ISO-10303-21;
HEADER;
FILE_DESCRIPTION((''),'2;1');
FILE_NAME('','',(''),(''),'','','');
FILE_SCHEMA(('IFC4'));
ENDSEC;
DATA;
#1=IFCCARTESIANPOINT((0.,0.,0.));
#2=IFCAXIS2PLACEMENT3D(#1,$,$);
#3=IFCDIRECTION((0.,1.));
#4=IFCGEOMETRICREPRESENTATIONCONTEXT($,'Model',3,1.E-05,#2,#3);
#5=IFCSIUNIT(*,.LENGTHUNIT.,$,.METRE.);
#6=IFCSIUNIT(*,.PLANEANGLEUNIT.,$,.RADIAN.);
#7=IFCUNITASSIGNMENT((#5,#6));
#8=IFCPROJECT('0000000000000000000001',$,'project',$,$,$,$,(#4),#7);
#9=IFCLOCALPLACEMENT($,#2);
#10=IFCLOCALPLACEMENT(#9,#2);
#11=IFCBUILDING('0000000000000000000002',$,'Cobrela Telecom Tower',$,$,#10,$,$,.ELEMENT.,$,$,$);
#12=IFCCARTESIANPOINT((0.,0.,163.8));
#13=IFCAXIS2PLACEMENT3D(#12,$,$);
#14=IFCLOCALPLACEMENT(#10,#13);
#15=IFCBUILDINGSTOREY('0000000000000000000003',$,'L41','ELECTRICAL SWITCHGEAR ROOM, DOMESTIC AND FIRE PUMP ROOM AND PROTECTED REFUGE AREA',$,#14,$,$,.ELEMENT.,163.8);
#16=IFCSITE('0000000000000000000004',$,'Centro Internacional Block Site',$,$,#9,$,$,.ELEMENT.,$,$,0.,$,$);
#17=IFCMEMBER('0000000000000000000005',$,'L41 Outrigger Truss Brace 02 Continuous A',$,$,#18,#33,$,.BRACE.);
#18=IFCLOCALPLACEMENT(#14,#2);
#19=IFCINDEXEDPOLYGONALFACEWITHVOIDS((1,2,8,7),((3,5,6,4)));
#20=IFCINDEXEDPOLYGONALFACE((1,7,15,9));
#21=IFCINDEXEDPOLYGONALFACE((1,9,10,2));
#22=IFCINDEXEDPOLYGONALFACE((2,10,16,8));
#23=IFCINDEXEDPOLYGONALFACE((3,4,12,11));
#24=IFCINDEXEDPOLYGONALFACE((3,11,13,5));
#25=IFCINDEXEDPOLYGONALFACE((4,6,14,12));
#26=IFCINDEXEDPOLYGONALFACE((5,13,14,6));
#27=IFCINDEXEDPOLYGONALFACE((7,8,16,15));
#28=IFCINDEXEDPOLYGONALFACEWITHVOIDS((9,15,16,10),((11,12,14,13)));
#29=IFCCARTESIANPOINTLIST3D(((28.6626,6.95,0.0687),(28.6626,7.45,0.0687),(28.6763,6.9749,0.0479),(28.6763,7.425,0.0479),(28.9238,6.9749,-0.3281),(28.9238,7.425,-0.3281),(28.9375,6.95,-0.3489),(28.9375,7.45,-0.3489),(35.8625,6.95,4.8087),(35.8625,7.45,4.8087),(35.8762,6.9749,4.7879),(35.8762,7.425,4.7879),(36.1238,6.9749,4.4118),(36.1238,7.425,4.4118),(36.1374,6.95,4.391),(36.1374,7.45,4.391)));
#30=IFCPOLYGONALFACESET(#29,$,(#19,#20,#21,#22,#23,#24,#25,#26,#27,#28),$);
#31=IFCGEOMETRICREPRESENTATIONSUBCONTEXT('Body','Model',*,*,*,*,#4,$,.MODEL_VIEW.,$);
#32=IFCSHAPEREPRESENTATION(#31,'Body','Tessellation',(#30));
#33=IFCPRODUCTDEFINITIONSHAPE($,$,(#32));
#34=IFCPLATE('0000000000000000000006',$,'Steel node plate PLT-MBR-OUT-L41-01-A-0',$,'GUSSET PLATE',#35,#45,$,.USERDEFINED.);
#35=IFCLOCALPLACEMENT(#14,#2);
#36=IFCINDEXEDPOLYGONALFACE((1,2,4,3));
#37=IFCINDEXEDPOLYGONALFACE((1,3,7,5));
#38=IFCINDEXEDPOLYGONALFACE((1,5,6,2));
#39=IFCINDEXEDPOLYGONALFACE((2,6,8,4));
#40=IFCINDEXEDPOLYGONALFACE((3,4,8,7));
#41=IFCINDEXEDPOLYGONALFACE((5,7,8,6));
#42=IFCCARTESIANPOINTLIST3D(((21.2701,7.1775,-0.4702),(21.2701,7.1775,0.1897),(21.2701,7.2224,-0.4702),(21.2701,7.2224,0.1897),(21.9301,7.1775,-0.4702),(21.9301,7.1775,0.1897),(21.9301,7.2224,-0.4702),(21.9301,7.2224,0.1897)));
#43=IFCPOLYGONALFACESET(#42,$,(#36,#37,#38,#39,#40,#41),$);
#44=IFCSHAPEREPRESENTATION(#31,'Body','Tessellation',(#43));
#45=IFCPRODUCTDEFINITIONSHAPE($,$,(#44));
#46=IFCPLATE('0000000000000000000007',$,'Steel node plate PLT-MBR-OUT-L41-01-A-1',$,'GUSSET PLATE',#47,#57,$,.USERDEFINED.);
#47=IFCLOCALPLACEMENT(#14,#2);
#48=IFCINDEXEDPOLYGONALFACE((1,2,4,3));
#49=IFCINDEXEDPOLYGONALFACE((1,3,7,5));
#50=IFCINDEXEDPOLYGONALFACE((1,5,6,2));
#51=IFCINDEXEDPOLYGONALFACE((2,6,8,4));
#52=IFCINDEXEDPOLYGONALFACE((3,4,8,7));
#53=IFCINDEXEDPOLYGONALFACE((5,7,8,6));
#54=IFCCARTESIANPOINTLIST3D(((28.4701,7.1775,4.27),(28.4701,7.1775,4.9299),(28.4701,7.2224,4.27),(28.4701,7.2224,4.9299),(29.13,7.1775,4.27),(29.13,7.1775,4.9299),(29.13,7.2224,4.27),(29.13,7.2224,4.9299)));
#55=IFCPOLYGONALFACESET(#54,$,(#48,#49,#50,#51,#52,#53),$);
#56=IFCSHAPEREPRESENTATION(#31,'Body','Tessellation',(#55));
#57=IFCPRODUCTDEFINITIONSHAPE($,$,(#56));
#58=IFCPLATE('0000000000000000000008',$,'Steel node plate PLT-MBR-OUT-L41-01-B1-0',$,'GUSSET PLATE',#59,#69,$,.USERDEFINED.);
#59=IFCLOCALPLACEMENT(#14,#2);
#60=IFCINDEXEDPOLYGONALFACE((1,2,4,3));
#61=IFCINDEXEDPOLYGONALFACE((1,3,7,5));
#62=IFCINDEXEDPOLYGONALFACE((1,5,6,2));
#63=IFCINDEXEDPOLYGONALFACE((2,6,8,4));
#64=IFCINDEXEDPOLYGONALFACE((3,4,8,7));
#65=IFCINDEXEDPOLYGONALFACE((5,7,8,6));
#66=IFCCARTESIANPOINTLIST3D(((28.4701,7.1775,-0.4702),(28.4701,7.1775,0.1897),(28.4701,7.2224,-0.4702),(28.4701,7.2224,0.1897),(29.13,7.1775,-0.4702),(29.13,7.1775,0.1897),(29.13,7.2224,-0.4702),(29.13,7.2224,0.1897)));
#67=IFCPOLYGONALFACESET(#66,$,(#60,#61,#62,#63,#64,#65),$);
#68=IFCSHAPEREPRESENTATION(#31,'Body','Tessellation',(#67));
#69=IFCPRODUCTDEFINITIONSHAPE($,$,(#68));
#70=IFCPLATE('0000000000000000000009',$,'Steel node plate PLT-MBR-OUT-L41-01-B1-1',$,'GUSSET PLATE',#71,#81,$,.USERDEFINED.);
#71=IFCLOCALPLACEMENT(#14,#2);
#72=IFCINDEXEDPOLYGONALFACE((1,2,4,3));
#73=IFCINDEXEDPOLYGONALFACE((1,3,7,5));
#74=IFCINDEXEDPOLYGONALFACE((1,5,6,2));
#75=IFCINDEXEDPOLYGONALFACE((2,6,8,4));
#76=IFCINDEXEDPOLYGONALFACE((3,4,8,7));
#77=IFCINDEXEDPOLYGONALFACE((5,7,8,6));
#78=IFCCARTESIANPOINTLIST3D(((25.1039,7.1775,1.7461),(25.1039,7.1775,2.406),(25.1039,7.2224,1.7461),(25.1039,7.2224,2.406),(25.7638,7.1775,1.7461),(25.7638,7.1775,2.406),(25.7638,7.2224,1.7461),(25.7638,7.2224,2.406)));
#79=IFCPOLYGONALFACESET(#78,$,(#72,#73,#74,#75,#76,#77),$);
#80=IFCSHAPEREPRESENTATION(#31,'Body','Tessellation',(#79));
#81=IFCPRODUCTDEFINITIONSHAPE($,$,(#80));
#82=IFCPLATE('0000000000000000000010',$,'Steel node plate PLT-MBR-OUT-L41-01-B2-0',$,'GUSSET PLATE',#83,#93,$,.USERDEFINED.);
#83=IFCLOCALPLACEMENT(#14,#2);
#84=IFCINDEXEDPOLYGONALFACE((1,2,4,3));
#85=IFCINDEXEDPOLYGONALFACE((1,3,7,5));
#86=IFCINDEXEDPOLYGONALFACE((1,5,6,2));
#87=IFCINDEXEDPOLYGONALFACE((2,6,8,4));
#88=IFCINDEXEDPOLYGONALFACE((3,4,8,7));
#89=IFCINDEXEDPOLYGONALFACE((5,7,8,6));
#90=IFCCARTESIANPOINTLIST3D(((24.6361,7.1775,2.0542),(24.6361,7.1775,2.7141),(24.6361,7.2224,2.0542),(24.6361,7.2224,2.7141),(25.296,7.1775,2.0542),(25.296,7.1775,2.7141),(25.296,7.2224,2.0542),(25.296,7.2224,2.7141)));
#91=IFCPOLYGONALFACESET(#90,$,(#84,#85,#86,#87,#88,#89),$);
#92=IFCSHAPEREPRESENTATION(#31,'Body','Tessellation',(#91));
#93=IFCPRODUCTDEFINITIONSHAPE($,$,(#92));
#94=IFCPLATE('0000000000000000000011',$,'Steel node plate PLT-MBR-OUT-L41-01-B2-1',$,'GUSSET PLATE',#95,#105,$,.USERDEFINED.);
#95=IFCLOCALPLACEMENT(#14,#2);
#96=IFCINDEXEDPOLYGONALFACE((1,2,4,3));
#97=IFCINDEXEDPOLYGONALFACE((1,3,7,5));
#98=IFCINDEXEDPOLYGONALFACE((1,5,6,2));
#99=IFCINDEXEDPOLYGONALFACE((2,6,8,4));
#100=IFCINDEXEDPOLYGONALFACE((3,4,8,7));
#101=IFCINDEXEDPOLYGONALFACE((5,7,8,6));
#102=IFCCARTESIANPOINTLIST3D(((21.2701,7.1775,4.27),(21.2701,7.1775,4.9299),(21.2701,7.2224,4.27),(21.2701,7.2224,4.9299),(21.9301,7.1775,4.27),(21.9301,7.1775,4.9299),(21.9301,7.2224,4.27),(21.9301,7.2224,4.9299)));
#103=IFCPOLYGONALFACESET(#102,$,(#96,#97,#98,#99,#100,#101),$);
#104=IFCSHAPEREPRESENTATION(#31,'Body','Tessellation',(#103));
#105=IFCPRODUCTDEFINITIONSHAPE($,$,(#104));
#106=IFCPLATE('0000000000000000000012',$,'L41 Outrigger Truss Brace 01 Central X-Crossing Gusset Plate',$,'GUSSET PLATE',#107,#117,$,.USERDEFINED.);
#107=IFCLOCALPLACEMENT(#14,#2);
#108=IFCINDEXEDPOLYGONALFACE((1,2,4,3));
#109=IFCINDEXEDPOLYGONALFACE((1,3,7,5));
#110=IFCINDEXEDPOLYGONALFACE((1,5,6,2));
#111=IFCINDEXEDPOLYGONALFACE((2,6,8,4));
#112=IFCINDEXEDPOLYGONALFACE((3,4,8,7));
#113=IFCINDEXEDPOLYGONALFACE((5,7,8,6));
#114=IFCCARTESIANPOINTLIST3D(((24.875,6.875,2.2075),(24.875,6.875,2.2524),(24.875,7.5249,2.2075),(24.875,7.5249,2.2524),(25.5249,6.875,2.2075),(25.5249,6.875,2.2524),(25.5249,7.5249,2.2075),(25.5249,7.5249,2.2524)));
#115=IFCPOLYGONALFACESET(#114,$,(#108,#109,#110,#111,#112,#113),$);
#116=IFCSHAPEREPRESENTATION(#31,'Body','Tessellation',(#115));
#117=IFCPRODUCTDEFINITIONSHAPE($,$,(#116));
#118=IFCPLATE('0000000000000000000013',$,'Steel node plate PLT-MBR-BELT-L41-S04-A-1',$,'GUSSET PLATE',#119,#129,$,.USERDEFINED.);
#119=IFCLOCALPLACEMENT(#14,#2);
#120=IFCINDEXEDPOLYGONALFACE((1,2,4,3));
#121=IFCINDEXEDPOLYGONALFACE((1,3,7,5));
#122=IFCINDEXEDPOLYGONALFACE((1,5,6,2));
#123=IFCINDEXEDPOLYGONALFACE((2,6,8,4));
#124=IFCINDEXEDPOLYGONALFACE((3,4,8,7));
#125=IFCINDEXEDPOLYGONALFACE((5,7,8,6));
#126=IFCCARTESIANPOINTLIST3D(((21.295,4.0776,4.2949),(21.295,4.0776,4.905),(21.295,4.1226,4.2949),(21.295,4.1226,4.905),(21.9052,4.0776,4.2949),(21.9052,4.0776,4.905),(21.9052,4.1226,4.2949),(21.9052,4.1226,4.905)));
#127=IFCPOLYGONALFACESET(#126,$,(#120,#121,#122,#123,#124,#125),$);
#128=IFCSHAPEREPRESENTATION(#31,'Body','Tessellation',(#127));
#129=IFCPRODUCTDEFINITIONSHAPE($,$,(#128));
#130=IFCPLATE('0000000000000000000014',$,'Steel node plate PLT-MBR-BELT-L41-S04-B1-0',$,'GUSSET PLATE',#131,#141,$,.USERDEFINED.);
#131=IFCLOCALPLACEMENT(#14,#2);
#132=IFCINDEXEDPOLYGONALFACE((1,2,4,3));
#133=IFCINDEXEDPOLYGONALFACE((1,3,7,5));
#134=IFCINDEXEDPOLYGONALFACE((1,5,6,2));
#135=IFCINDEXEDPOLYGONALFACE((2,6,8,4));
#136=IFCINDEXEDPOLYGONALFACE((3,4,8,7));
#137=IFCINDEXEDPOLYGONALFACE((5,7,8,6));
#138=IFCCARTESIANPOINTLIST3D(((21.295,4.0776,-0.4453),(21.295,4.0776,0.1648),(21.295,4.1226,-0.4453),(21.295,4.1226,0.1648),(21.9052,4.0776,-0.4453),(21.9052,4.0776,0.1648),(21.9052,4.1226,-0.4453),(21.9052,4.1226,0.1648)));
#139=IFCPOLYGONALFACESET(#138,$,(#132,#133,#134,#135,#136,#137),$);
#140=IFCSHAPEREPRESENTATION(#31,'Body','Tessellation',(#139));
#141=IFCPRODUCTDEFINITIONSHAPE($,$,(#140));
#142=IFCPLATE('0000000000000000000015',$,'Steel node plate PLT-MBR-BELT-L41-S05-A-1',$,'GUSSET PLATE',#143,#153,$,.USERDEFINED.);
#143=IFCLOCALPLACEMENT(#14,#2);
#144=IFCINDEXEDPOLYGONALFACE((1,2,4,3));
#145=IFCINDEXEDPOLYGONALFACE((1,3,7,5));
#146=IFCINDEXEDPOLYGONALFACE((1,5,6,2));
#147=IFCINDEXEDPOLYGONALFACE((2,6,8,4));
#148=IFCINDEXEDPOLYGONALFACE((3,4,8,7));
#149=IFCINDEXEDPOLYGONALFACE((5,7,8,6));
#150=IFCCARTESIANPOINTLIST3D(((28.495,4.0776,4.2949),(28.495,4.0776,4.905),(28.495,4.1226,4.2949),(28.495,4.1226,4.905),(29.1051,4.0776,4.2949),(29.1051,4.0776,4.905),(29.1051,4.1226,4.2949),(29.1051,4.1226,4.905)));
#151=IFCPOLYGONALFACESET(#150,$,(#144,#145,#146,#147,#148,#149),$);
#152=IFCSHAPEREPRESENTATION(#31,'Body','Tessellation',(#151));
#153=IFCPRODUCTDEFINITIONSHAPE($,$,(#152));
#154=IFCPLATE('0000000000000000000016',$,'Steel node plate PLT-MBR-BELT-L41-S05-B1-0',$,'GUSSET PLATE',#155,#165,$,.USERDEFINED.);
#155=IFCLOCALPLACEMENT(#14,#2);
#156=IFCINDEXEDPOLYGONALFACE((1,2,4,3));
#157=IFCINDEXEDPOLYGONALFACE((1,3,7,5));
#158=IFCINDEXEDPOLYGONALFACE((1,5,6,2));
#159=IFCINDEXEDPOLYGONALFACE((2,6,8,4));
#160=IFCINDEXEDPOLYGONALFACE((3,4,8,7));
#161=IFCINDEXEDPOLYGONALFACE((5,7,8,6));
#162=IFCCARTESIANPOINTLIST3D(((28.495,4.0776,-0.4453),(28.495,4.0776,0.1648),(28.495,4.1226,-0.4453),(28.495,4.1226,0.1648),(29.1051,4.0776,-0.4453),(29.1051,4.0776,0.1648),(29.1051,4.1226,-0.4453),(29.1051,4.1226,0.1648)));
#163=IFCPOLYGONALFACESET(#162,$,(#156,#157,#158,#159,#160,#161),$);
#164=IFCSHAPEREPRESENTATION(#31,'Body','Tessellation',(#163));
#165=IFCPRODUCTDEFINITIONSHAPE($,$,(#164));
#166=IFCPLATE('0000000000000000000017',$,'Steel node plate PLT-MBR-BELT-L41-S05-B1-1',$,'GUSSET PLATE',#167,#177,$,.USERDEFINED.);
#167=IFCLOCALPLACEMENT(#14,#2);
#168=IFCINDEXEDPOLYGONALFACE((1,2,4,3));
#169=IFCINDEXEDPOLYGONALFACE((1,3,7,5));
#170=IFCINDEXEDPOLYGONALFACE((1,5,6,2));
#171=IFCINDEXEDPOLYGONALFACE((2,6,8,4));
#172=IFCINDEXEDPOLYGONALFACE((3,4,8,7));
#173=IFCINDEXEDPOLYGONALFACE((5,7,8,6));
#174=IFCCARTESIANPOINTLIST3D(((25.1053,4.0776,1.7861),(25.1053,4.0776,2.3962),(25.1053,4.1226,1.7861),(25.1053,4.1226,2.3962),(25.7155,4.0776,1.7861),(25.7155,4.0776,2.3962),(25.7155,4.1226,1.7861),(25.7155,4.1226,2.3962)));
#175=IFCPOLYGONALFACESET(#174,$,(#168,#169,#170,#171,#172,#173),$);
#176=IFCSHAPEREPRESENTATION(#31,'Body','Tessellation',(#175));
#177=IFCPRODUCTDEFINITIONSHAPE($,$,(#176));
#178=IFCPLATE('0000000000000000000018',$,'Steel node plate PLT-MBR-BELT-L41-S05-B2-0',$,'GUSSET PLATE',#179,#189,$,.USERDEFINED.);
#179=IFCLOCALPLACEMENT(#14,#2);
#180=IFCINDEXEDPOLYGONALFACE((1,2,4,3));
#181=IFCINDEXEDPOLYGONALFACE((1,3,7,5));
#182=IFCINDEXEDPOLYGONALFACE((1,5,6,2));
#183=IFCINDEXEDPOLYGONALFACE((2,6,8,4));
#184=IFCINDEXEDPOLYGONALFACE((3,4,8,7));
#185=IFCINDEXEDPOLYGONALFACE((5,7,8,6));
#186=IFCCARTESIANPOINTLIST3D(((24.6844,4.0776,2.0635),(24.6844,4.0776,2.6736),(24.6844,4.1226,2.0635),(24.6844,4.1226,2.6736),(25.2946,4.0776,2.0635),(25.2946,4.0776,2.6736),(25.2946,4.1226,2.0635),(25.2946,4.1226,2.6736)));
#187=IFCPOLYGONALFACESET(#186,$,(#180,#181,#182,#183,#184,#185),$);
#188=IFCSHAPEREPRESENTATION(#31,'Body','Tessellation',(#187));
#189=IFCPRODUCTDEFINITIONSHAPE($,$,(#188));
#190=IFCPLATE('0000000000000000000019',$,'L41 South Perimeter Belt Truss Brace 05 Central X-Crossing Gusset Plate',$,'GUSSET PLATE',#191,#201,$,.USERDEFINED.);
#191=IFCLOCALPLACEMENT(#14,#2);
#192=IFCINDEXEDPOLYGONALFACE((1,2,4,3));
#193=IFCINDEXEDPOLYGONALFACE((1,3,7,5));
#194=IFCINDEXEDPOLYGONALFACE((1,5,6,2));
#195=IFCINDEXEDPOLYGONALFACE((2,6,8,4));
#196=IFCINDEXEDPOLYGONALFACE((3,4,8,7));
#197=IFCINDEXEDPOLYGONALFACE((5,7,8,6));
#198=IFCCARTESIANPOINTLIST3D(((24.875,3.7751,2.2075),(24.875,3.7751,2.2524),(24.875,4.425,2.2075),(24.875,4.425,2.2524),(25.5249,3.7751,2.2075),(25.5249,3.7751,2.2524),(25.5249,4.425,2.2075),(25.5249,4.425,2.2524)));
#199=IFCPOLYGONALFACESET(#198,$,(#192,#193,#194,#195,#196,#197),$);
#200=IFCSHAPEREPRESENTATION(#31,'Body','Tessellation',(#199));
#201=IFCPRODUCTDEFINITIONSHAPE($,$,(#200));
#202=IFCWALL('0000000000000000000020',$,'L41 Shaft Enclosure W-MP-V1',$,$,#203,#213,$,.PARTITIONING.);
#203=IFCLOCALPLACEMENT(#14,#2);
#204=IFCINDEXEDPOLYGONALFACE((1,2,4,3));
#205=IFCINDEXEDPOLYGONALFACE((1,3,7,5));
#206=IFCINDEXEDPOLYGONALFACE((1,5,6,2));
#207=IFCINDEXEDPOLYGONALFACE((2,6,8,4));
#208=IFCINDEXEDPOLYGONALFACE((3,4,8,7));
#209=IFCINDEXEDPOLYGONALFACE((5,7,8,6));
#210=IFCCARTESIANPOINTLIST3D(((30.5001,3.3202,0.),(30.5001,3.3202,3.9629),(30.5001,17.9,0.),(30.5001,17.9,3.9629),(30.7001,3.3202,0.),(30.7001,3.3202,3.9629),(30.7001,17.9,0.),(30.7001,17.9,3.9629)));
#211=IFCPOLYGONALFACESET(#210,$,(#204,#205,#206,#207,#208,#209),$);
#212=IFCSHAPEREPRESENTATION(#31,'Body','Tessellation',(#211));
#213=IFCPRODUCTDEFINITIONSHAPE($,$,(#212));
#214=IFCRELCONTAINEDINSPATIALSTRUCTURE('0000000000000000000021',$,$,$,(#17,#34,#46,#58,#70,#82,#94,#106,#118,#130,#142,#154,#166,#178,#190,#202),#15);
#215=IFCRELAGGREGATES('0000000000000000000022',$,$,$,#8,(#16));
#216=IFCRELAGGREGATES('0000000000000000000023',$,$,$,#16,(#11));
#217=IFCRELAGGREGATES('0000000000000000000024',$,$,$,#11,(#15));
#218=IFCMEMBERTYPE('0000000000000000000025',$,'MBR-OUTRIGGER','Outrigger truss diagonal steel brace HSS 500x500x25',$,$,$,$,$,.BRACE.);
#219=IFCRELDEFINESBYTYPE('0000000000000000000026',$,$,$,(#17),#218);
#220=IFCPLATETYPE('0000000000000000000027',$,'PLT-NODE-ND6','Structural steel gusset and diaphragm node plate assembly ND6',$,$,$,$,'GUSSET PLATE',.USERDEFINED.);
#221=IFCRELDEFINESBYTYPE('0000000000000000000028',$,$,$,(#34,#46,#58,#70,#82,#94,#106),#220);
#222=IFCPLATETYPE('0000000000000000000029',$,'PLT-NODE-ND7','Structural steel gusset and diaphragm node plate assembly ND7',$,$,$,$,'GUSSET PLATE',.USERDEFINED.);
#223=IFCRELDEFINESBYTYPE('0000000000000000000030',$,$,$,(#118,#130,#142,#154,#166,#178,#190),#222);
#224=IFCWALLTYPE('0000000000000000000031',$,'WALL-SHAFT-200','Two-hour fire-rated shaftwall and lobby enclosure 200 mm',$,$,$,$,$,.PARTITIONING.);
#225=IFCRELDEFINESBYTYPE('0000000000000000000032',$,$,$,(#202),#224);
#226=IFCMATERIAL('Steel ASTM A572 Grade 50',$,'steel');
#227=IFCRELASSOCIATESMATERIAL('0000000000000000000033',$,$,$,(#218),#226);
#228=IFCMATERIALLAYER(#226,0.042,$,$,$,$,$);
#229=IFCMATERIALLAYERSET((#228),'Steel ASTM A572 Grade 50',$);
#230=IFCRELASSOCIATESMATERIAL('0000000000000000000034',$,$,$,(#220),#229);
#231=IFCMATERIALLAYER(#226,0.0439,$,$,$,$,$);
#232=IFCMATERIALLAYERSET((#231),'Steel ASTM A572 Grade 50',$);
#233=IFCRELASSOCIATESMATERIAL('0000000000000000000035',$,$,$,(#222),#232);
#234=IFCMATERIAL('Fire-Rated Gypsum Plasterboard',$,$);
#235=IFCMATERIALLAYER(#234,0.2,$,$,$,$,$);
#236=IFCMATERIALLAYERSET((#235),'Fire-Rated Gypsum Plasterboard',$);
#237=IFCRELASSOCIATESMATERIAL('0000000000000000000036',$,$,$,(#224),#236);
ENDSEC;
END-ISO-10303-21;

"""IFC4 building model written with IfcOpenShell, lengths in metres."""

from ifc_helpers import new_model, si_unit, direction, frame, frame_2d, origin, origin_2d, place, context, subcontext, project, spatial, rectangle, hollow_rectangle, extrude, material, layer, layer_set, material_profile, profile_set, type_object, element, save


model = new_model("IFC4")

# Units and contexts
model_context = context("Model", 3, precision=1e-05, world=origin(), true_north=direction((0.0, 1.0)))
body_context = subcontext(model_context, "Body", "Model", "MODEL_VIEW")
ifc_project = project(units=[si_unit("LENGTHUNIT", "METRE"), si_unit("PLANEANGLEUNIT", "RADIAN")], contexts=[model_context])

# Site, building, storey
site_placement = place(None, origin())
site = spatial("IfcSite", under=ifc_project, at=site_placement, Name="Centro Internacional Block Site", CompositionType="ELEMENT", RefElevation=0.0)
building_placement = place(site_placement, origin())
building = spatial("IfcBuilding", under=site, at=building_placement, Name="Cobrela Telecom Tower", CompositionType="ELEMENT")
storey_placement = place(building_placement, frame((0.0, 0.0, 163.8)))
storey = spatial("IfcBuildingStorey", under=building, at=storey_placement, Name="L41", Description="ELECTRICAL SWITCHGEAR ROOM, DOMESTIC AND FIRE PUMP ROOM AND PROTECTED REFUGE AREA", CompositionType="ELEMENT", Elevation=163.8)

# Shared definitions
ifc_material_1 = material(Name="Steel ASTM A572 Grade 50", Category="steel")

# Member
ifc_material_profile_1 = material_profile(ifc_material_1, hollow_rectangle(XDim=0.5, YDim=0.5, WallThickness=0.0249, at=origin_2d()), Name="HSS 500x500x25")
ifc_profile_set_1 = profile_set([ifc_material_profile_1], Name="Steel ASTM A572 Grade 50")
member_type_1 = type_object("IfcMemberType", Name="MBR-OUTRIGGER", Description="Outrigger truss diagonal steel brace HSS 500x500x25", PredefinedType="BRACE", material=ifc_profile_set_1)
member_1_placement = place(storey_placement, frame((28.8, 7.2, -0.1401), z_axis=(0.835248, 0.0, 0.549874), x_axis=(0.0, 1.0, 0.0)))
element("IfcMember", 1, at=member_1_placement, inside=storey, type_object=member_type_1, Name="L41 Outrigger Truss Brace 02 Continuous A", PredefinedType="BRACE", context=body_context, shape_type="SweptSolid", body=[
    extrude(hollow_rectangle(XDim=0.5, YDim=0.5, WallThickness=0.0249, at=origin_2d()), origin(), (0.0, 0.0, 1.0), 8.6201),
])

# Plates
ifc_layer_1 = layer(ifc_material_1, 0.042)
ifc_layer_set_1 = layer_set([ifc_layer_1], Name="Steel ASTM A572 Grade 50")
plate_type_1 = type_object("IfcPlateType", Name="PLT-NODE-ND6", Description="Structural steel gusset and diaphragm node plate assembly ND6", ElementType="GUSSET PLATE", PredefinedType="USERDEFINED", material=ifc_layer_set_1)
for number, where, z_axis, x_axis, name in (
    (2, (21.6001, 7.2, -0.4702), (0.0, 0.0, 1.0), (1.0, 0.0, 0.0), "Steel node plate PLT-MBR-OUT-L41-01-A-0"),
    (3, (28.8, 7.2, 4.27), (0.0, 0.0, 1.0), (1.0, 0.0, 0.0), "Steel node plate PLT-MBR-OUT-L41-01-A-1"),
    (4, (28.8, 7.2, -0.4702), (0.0, 0.0, 1.0), (-1.0, 0.0, 0.0), "Steel node plate PLT-MBR-OUT-L41-01-B1-0"),
    (5, (25.4338, 7.2, 1.7461), (0.0, 0.0, 1.0), (-1.0, 0.0, 0.0), "Steel node plate PLT-MBR-OUT-L41-01-B1-1"),
    (6, (24.9661, 7.2, 2.0542), (0.0, 0.0, 1.0), (-1.0, 0.0, 0.0), "Steel node plate PLT-MBR-OUT-L41-01-B2-0"),
    (7, (21.6001, 7.2, 4.27), (0.0, 0.0, 1.0), (-1.0, 0.0, 0.0), "Steel node plate PLT-MBR-OUT-L41-01-B2-1"),
):
    element("IfcPlate", number, at=place(storey_placement, frame(where, z_axis=z_axis, x_axis=x_axis)), inside=storey, type_object=plate_type_1, Name=name, ObjectType="GUSSET PLATE", PredefinedType="USERDEFINED", context=body_context, shape_type="SweptSolid", body=[
        extrude(rectangle(XDim=0.6599, YDim=0.0449, at=origin_2d()), origin(), (0.0, 0.0, 1.0), 0.6599),
    ])
plate_1_placement = place(storey_placement, frame((25.2, 7.2, 2.2075), z_axis=(0.0, 0.0, 1.0), x_axis=(1.0, 0.0, 0.0)))
element("IfcPlate", 8, at=plate_1_placement, inside=storey, type_object=plate_type_1, Name="L41 Outrigger Truss Brace 01 Central X-Crossing Gusset Plate", ObjectType="GUSSET PLATE", PredefinedType="USERDEFINED", context=body_context, shape_type="SweptSolid", body=[
    extrude(rectangle(XDim=0.6499, YDim=0.6499, at=origin_2d()), origin(), (0.0, 0.0, 1.0), 0.0449),
])
ifc_layer_2 = layer(ifc_material_1, 0.0439)
ifc_layer_set_2 = layer_set([ifc_layer_2], Name="Steel ASTM A572 Grade 50")
plate_type_2 = type_object("IfcPlateType", Name="PLT-NODE-ND7", Description="Structural steel gusset and diaphragm node plate assembly ND7", ElementType="GUSSET PLATE", PredefinedType="USERDEFINED", material=ifc_layer_set_2)
for number, where, z_axis, x_axis, name in (
    (9, (21.6001, 4.1001, 4.2949), (0.0, 0.0, 1.0), (1.0, 0.0, 0.0), "Steel node plate PLT-MBR-BELT-L41-S04-A-1"),
    (10, (21.6001, 4.1001, -0.4453), (0.0, 0.0, 1.0), (-1.0, 0.0, 0.0), "Steel node plate PLT-MBR-BELT-L41-S04-B1-0"),
    (11, (28.8, 4.1001, 4.2949), (0.0, 0.0, 1.0), (1.0, 0.0, 0.0), "Steel node plate PLT-MBR-BELT-L41-S05-A-1"),
    (12, (28.8, 4.1001, -0.4453), (0.0, 0.0, 1.0), (-1.0, 0.0, 0.0), "Steel node plate PLT-MBR-BELT-L41-S05-B1-0"),
    (13, (25.4104, 4.1001, 1.7861), (0.0, 0.0, 1.0), (-1.0, 0.0, 0.0), "Steel node plate PLT-MBR-BELT-L41-S05-B1-1"),
    (14, (24.9895, 4.1001, 2.0635), (0.0, 0.0, 1.0), (-1.0, 0.0, 0.0), "Steel node plate PLT-MBR-BELT-L41-S05-B2-0"),
):
    element("IfcPlate", number, at=place(storey_placement, frame(where, z_axis=z_axis, x_axis=x_axis)), inside=storey, type_object=plate_type_2, Name=name, ObjectType="GUSSET PLATE", PredefinedType="USERDEFINED", context=body_context, shape_type="SweptSolid", body=[
        extrude(rectangle(XDim=0.6101, YDim=0.0449, at=origin_2d()), origin(), (0.0, 0.0, 1.0), 0.6101),
    ])
plate_2_placement = place(storey_placement, frame((25.2, 4.1001, 2.2075), z_axis=(0.0, 0.0, 1.0), x_axis=(1.0, 0.0, 0.0)))
element("IfcPlate", 15, at=plate_2_placement, inside=storey, type_object=plate_type_2, Name="L41 South Perimeter Belt Truss Brace 05 Central X-Crossing Gusset Plate", ObjectType="GUSSET PLATE", PredefinedType="USERDEFINED", context=body_context, shape_type="SweptSolid", body=[
    extrude(rectangle(XDim=0.6499, YDim=0.6499, at=origin_2d()), origin(), (0.0, 0.0, 1.0), 0.0449),
])

# Wall
ifc_material_2 = material(Name="Fire-Rated Gypsum Plasterboard")
ifc_layer_3 = layer(ifc_material_2, 0.2)
ifc_layer_set_3 = layer_set([ifc_layer_3], Name="Fire-Rated Gypsum Plasterboard")
wall_type = type_object("IfcWallType", Name="WALL-SHAFT-200", Description="Two-hour fire-rated shaftwall and lobby enclosure 200 mm", PredefinedType="PARTITIONING", material=ifc_layer_set_3)
wall_placement = place(storey_placement, frame((30.6001, 3.3201, 0.0), z_axis=(0.0, 0.0, 1.0), x_axis=(0.0, 1.0, 0.0)))
element("IfcWall", 16, at=wall_placement, inside=storey, type_object=wall_type, Name="L41 Shaft Enclosure W-MP-V1", PredefinedType="PARTITIONING", context=body_context, shape_type="SweptSolid", body=[
    extrude(rectangle(XDim=14.5798, YDim=0.2, at=frame_2d((7.29, 0.0))), origin(), (0.0, 0.0, 1.0), 3.9629),
])

save(model, "model.ifc")
